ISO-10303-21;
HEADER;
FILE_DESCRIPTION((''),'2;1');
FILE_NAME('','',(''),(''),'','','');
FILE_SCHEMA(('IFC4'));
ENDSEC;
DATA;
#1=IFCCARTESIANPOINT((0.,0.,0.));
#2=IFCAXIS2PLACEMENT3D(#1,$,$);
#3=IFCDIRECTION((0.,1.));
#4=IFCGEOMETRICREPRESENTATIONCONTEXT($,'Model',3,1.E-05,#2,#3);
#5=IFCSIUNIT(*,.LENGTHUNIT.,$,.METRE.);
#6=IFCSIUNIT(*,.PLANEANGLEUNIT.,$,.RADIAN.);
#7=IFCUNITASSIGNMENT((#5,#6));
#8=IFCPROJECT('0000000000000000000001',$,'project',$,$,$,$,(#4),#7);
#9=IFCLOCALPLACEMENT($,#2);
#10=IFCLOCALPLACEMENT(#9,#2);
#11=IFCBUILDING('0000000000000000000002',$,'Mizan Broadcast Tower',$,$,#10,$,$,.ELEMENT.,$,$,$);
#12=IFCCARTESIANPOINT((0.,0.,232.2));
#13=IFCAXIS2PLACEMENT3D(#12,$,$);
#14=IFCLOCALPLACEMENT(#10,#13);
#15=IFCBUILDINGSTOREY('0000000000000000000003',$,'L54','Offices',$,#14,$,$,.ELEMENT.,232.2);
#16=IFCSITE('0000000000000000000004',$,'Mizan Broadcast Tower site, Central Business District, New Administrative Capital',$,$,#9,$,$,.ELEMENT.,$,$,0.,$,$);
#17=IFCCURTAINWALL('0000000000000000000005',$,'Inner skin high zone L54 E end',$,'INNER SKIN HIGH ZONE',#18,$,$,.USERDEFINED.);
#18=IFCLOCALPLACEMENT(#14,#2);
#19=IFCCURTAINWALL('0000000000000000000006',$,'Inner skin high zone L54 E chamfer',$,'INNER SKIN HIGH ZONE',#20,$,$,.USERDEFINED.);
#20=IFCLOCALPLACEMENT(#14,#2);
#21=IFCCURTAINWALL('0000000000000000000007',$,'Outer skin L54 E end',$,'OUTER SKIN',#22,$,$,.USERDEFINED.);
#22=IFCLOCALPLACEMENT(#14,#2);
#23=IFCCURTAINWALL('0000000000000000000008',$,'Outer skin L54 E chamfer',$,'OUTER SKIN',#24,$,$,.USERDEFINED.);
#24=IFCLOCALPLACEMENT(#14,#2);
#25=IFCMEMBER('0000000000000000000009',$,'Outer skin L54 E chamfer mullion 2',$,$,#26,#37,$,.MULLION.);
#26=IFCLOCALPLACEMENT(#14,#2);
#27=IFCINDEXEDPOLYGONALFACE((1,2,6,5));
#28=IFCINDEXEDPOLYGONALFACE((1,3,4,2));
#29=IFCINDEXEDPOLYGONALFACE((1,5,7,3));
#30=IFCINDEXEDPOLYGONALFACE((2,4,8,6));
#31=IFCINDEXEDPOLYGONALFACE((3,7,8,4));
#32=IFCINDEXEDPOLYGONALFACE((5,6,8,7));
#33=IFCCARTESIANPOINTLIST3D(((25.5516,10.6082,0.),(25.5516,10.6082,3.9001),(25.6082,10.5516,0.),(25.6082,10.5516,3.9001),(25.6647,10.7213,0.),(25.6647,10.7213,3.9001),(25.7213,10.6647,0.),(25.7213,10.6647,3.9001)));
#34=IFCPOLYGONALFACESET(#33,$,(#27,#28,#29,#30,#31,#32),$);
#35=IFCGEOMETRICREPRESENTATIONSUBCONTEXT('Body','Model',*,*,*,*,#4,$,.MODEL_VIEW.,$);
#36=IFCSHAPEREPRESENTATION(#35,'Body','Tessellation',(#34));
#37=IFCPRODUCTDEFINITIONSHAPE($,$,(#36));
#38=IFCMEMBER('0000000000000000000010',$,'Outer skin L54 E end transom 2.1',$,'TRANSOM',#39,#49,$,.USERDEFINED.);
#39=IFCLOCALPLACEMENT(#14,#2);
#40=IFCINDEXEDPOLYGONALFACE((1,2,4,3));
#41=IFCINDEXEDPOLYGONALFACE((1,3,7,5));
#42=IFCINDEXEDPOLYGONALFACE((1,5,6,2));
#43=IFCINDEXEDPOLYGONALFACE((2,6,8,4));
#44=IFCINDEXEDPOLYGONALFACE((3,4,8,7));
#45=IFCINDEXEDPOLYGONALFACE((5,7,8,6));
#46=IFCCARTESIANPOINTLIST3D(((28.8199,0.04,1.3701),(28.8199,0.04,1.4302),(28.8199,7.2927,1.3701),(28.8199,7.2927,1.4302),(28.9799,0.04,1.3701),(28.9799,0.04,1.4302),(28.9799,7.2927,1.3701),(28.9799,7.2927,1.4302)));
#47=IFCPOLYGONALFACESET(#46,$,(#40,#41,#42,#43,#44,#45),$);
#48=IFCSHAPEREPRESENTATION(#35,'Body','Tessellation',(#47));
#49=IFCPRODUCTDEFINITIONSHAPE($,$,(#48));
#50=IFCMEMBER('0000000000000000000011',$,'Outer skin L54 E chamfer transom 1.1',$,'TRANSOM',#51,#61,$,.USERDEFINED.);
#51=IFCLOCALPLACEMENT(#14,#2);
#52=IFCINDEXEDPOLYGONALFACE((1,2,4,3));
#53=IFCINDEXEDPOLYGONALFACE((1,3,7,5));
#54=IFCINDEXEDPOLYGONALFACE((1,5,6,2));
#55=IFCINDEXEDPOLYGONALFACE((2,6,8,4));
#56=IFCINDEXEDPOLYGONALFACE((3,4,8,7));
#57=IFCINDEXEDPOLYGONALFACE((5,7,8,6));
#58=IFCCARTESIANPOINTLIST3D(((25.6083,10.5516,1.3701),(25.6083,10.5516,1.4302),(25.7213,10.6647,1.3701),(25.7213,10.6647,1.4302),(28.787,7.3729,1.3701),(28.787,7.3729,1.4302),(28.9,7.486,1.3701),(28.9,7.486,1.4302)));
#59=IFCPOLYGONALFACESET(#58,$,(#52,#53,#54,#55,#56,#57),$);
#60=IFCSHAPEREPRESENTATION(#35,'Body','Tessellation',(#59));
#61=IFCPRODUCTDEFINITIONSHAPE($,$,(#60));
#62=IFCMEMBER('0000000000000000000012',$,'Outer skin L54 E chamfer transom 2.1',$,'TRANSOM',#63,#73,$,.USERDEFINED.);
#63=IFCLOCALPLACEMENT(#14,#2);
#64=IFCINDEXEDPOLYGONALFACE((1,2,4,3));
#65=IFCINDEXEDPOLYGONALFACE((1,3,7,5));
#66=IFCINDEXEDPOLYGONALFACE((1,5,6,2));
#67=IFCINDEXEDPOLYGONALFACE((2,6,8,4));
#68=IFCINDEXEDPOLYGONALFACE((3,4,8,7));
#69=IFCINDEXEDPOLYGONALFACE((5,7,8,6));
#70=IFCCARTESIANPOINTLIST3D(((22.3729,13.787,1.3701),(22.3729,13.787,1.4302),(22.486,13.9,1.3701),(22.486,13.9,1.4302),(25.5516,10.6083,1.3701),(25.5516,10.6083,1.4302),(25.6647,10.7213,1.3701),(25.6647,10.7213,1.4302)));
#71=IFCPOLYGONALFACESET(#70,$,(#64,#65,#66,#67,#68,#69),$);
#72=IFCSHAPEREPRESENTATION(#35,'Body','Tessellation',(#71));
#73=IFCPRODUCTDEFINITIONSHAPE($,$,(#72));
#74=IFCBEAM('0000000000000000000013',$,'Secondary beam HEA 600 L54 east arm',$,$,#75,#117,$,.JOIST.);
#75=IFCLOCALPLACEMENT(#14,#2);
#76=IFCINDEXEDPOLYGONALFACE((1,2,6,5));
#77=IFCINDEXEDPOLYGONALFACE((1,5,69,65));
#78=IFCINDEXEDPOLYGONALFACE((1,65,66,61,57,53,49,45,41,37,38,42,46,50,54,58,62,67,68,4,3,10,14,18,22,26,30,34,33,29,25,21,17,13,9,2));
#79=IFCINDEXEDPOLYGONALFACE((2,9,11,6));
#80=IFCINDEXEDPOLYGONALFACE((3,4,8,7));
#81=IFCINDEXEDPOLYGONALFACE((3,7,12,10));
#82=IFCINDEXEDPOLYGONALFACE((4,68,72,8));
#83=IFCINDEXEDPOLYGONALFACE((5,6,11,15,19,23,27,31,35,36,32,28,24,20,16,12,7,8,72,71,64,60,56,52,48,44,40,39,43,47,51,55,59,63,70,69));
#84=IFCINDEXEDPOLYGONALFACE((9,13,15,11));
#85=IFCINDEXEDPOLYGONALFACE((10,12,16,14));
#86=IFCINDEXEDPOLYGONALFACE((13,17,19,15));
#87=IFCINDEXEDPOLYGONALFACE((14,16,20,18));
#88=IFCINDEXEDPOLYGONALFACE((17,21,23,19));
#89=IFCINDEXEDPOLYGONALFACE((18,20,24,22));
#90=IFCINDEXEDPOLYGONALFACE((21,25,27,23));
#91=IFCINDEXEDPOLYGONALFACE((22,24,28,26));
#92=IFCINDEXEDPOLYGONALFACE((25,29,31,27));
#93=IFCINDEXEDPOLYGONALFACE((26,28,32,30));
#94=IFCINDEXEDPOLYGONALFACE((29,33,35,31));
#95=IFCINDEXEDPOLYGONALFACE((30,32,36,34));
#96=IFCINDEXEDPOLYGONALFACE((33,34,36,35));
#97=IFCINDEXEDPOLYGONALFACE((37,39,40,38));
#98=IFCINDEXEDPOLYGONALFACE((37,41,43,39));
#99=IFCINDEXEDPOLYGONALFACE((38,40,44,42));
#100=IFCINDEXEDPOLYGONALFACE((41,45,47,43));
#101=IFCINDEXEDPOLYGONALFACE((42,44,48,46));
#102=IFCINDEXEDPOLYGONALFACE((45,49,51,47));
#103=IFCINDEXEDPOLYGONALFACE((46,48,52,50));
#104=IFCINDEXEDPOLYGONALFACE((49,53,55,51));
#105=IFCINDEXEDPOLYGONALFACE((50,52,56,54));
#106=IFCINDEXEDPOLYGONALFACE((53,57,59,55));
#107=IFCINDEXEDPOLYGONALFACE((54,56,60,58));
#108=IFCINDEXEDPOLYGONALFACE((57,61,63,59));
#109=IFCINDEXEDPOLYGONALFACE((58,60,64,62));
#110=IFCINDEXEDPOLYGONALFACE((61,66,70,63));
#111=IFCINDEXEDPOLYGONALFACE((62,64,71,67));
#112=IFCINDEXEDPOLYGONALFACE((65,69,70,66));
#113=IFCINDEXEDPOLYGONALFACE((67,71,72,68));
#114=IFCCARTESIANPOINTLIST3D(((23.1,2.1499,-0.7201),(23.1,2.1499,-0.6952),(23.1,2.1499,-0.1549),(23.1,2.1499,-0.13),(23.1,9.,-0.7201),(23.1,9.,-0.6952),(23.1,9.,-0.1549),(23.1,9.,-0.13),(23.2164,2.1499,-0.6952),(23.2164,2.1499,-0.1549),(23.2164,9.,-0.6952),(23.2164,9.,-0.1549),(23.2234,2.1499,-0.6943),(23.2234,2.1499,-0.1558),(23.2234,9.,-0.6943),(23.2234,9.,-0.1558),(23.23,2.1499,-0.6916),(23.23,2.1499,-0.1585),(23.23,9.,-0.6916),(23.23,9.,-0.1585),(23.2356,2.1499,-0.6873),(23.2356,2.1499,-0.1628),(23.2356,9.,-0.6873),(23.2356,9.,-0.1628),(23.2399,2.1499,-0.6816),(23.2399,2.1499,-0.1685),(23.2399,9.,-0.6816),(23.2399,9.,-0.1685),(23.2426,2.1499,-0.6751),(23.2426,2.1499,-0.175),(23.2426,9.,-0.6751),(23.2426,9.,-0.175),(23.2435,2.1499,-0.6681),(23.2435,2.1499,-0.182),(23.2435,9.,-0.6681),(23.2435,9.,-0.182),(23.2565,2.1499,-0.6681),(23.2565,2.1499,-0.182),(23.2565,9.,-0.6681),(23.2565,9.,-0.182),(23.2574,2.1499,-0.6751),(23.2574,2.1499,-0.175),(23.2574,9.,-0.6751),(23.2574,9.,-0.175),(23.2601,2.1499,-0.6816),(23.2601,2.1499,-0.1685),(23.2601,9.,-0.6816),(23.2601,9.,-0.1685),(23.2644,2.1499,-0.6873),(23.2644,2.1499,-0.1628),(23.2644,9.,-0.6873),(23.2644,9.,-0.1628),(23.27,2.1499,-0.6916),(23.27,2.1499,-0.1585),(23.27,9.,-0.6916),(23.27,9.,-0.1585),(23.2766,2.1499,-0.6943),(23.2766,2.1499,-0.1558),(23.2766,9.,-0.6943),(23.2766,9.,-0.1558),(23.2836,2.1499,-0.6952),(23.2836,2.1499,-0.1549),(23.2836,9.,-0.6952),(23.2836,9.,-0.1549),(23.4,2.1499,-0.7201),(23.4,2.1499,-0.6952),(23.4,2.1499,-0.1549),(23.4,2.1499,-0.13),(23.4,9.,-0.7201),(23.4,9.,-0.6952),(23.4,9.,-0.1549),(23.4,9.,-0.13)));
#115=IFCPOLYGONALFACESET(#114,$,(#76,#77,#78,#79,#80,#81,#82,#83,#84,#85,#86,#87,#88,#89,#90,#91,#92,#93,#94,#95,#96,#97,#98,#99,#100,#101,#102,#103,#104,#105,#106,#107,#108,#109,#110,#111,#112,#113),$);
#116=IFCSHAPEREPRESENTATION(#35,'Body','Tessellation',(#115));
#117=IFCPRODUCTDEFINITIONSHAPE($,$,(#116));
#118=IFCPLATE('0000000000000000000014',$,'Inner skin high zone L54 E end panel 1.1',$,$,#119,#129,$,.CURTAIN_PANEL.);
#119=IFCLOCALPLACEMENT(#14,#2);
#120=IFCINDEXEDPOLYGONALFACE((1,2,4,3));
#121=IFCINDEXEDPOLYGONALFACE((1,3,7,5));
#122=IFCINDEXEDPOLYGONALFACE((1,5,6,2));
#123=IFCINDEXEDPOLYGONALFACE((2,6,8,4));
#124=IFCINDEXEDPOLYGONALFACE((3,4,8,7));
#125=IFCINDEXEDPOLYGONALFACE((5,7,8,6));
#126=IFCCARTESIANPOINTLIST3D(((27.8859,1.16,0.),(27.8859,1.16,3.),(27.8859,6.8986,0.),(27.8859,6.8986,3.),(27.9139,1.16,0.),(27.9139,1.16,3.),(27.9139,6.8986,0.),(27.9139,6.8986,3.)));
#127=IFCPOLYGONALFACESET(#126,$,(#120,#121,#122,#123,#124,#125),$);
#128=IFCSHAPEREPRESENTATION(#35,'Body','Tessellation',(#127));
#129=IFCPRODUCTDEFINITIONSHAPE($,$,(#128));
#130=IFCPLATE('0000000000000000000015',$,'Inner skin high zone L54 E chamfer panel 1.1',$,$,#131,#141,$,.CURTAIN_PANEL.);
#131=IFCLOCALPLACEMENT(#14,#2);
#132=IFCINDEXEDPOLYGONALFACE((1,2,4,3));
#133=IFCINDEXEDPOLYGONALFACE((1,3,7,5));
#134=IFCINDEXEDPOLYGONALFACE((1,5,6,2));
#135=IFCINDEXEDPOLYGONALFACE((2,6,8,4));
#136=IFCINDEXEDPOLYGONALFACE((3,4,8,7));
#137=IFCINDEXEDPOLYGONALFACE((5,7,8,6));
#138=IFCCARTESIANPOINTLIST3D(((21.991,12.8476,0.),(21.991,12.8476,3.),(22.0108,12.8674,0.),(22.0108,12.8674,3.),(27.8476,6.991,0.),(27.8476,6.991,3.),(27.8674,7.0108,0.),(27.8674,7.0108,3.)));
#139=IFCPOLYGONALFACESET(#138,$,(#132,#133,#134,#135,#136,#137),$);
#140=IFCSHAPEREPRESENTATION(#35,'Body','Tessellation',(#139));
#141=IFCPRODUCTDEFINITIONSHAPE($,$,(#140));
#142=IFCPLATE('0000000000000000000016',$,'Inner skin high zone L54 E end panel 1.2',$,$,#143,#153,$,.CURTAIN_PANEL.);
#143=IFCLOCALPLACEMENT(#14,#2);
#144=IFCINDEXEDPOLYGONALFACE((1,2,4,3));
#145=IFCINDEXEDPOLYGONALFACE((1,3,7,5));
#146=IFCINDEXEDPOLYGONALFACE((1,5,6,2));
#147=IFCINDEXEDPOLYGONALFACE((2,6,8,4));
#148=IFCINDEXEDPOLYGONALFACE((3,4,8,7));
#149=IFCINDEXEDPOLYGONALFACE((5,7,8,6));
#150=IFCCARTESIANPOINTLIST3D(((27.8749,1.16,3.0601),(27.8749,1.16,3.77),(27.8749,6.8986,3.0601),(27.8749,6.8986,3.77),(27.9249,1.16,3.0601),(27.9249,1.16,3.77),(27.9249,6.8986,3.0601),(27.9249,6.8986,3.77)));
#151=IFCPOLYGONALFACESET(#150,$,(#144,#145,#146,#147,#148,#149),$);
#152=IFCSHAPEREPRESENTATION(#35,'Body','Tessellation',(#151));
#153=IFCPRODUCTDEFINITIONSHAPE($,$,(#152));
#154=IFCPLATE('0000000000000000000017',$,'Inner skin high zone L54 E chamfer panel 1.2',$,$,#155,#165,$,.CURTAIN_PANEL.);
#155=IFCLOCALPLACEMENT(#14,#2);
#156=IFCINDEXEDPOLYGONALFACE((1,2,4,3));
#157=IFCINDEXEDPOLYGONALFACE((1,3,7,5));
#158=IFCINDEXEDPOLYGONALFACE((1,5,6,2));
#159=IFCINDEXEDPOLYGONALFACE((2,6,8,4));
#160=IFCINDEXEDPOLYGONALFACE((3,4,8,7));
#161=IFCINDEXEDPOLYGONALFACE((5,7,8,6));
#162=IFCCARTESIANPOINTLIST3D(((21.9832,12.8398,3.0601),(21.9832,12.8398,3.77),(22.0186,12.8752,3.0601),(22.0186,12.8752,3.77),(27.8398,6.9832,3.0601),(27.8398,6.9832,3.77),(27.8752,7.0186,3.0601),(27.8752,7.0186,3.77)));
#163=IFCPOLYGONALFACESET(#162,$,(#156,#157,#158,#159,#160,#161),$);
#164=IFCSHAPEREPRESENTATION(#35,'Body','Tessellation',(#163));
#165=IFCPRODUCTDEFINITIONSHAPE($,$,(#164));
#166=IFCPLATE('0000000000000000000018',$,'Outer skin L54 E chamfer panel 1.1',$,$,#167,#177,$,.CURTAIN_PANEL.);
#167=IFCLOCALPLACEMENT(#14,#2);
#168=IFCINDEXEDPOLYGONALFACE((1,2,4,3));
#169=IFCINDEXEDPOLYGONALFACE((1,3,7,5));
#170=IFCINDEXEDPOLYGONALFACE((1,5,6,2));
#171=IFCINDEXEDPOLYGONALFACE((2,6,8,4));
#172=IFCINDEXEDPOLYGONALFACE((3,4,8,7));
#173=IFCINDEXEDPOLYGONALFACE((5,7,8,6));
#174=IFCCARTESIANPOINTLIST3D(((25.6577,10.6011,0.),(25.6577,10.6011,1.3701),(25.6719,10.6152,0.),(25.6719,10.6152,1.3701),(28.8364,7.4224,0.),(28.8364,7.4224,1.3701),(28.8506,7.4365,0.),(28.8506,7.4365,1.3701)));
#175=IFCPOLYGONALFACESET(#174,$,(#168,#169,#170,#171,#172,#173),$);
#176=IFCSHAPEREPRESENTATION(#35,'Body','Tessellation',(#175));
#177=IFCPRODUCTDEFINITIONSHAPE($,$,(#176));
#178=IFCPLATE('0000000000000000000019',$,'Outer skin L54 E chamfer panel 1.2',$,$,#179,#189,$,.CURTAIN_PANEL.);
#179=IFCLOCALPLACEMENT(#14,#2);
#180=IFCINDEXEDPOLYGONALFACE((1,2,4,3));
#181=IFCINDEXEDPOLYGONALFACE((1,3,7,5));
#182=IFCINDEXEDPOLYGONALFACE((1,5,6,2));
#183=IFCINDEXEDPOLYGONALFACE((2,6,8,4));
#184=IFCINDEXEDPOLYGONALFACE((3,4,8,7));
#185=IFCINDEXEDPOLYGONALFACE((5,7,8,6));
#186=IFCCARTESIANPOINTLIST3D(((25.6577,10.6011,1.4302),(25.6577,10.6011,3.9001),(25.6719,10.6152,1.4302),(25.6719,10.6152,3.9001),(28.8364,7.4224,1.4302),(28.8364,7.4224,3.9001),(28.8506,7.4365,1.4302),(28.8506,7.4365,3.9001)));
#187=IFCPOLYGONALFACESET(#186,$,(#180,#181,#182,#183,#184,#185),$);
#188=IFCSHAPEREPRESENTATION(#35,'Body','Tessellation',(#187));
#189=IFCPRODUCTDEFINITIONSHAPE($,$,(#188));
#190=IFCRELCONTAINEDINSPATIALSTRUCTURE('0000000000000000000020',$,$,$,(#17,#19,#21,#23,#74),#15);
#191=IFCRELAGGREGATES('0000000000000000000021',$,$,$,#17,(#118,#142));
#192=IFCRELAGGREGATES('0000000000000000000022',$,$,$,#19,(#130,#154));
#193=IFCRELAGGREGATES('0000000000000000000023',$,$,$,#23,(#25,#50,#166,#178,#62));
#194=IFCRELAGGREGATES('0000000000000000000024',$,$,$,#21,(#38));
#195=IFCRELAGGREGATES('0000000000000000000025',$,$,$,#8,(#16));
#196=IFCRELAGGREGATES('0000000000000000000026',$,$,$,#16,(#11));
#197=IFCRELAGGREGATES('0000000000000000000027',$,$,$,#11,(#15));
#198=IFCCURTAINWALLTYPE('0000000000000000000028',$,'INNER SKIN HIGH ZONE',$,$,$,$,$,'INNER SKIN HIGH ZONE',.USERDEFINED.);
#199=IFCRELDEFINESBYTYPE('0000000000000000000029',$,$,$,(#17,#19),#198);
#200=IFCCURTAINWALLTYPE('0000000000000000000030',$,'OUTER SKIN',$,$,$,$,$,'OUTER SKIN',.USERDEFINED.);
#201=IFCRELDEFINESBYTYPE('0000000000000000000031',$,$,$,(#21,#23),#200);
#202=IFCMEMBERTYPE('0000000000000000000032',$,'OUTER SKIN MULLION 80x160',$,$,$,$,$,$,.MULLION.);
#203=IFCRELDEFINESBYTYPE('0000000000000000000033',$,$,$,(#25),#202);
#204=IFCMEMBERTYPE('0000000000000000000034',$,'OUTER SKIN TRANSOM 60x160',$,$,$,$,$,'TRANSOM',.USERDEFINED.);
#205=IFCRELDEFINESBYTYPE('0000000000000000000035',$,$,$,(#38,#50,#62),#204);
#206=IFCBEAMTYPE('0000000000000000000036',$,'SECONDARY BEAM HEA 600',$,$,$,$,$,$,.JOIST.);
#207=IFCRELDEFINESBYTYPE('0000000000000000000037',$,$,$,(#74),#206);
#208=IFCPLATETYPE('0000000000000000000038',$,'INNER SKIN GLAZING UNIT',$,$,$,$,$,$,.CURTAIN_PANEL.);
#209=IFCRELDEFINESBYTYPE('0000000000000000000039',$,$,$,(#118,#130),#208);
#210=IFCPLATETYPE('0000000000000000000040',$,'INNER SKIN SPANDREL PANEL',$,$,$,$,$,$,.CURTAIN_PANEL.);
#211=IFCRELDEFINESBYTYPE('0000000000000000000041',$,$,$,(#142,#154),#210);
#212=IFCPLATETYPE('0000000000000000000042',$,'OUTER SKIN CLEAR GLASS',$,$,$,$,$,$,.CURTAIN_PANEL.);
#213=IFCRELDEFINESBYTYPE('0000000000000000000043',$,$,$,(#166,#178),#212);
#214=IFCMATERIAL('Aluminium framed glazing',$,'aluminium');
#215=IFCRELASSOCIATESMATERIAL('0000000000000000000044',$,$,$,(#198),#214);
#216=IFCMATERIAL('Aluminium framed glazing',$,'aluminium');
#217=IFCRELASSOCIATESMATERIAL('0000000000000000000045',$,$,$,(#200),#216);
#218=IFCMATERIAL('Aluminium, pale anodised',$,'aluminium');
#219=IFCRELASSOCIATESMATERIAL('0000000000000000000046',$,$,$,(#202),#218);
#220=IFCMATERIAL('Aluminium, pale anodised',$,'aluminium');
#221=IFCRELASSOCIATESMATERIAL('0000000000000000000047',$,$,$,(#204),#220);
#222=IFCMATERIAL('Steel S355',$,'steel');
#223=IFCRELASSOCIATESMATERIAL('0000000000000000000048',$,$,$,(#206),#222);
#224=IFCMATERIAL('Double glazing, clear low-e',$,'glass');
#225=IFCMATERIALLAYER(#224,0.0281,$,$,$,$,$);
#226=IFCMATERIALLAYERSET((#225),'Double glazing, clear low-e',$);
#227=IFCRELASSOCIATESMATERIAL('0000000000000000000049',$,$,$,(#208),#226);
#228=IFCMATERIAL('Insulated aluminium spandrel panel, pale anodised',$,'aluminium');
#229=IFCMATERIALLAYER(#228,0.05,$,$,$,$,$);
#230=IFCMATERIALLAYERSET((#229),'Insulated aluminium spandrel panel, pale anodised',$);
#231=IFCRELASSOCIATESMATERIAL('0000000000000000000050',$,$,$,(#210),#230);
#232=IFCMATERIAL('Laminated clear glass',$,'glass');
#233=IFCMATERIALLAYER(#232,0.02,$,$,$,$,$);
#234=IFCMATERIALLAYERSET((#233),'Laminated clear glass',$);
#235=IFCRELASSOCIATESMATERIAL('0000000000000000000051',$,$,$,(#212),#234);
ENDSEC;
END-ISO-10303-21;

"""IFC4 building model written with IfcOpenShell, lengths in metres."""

from ifc_helpers import new_model, si_unit, direction, frame, origin, origin_2d, place, context, subcontext, project, spatial, rectangle, i_section, extrude, material, layer, layer_set, material_profile, profile_set, type_object, element, aggregate, save


model = new_model("IFC4")

# Units and contexts
model_context = context("Model", 3, precision=1e-05, world=origin(), true_north=direction((0.0, 1.0)))
body_context = subcontext(model_context, "Body", "Model", "MODEL_VIEW")
ifc_project = project(units=[si_unit("LENGTHUNIT", "METRE"), si_unit("PLANEANGLEUNIT", "RADIAN")], contexts=[model_context])

# Site, building, storey
site_placement = place(None, origin())
site = spatial("IfcSite", under=ifc_project, at=site_placement, Name="Mizan Broadcast Tower site, Central Business District, New Administrative Capital", CompositionType="ELEMENT", RefElevation=0.0)
building_placement = place(site_placement, origin())
building = spatial("IfcBuilding", under=site, at=building_placement, Name="Mizan Broadcast Tower", CompositionType="ELEMENT")
storey_placement = place(building_placement, frame((0.0, 0.0, 232.2)))
storey = spatial("IfcBuildingStorey", under=building, at=storey_placement, Name="L54", Description="Offices", CompositionType="ELEMENT", Elevation=232.2)

# Curtain wall
ifc_material_1 = material(Name="Aluminium framed glazing", Category="aluminium")
curtain_wall_type_1 = type_object("IfcCurtainWallType", Name="INNER SKIN HIGH ZONE", ElementType="INNER SKIN HIGH ZONE", PredefinedType="USERDEFINED", material=ifc_material_1)
curtain_wall_1_placement = place(storey_placement, origin())
curtain_wall_1 = element("IfcCurtainWall", 1, at=curtain_wall_1_placement, inside=storey, type_object=curtain_wall_type_1, Name="Inner skin high zone L54 E end", ObjectType="INNER SKIN HIGH ZONE", PredefinedType="USERDEFINED")

# Curtain wall
curtain_wall_2_placement = place(storey_placement, origin())
curtain_wall_2 = element("IfcCurtainWall", 2, at=curtain_wall_2_placement, inside=storey, type_object=curtain_wall_type_1, Name="Inner skin high zone L54 E chamfer", ObjectType="INNER SKIN HIGH ZONE", PredefinedType="USERDEFINED")

# Curtain wall
ifc_material_2 = material(Name="Aluminium framed glazing", Category="aluminium")
curtain_wall_type_2 = type_object("IfcCurtainWallType", Name="OUTER SKIN", ElementType="OUTER SKIN", PredefinedType="USERDEFINED", material=ifc_material_2)
curtain_wall_3_placement = place(storey_placement, origin())
curtain_wall_3 = element("IfcCurtainWall", 3, at=curtain_wall_3_placement, inside=storey, type_object=curtain_wall_type_2, Name="Outer skin L54 E end", ObjectType="OUTER SKIN", PredefinedType="USERDEFINED")
ifc_material_3 = material(Name="Aluminium, pale anodised", Category="aluminium")
ifc_material_profile_1 = material_profile(ifc_material_3, rectangle(XDim=0.1599, YDim=0.0801, at=origin_2d()), Name="MULLION 160x80")
ifc_profile_set_1 = profile_set([ifc_material_profile_1], Name="Aluminium, pale anodised")
member_type_1 = type_object("IfcMemberType", Name="OUTER SKIN MULLION 80x160", PredefinedType="MULLION", material=ifc_profile_set_1)

# Curtain wall, member
curtain_wall_4_placement = place(storey_placement, origin())
curtain_wall_4 = element("IfcCurtainWall", 4, at=curtain_wall_4_placement, inside=storey, type_object=curtain_wall_type_2, Name="Outer skin L54 E chamfer", ObjectType="OUTER SKIN", PredefinedType="USERDEFINED")
member_1_placement = place(storey_placement, frame((25.6365, 10.6365, 0.0), z_axis=(0.0, 0.0, 1.0), x_axis=(-0.707107, -0.707107, 0.0)))
member_1 = element("IfcMember", 5, at=member_1_placement, type_object=member_type_1, Name="Outer skin L54 E chamfer mullion 2", PredefinedType="MULLION", context=body_context, shape_type="SweptSolid", body=[
    extrude(rectangle(XDim=0.1599, YDim=0.0801, at=origin_2d()), origin(), (0.0, 0.0, 1.0), 3.9001),
])

# Members
ifc_material_4 = material(Name="Aluminium, pale anodised", Category="aluminium")
ifc_material_profile_2 = material_profile(ifc_material_4, rectangle(XDim=0.1599, YDim=0.0601, at=origin_2d()), Name="TRANSOM 160x60")
ifc_profile_set_2 = profile_set([ifc_material_profile_2], Name="Aluminium, pale anodised")
member_type_2 = type_object("IfcMemberType", Name="OUTER SKIN TRANSOM 60x160", ElementType="TRANSOM", PredefinedType="USERDEFINED", material=ifc_profile_set_2)
member_2_placement = place(storey_placement, frame((28.8999, 0.04, 1.4001), z_axis=(0.0, 1.0, 0.0), x_axis=(-1.0, 0.0, 0.0)))
member_2 = element("IfcMember", 6, at=member_2_placement, type_object=member_type_2, Name="Outer skin L54 E end transom 2.1", ObjectType="TRANSOM", PredefinedType="USERDEFINED", context=body_context, shape_type="SweptSolid", body=[
    extrude(rectangle(XDim=0.1599, YDim=0.0601, at=origin_2d()), origin(), (0.0, 0.0, 1.0), 7.2527),
])
member_3_placement = place(storey_placement, frame((28.8435, 7.4294, 1.4001), z_axis=(-0.707107, 0.707107, 0.0), x_axis=(-0.707107, -0.707107, 0.0)))
member_3 = element("IfcMember", 7, at=member_3_placement, type_object=member_type_2, Name="Outer skin L54 E chamfer transom 1.1", ObjectType="TRANSOM", PredefinedType="USERDEFINED", context=body_context, shape_type="SweptSolid", body=[
    extrude(rectangle(XDim=0.1599, YDim=0.0601, at=origin_2d()), origin(), (0.0, 0.0, 1.0), 4.4954),
])
member_4_placement = place(storey_placement, frame((25.6082, 10.6648, 1.4001), z_axis=(-0.707107, 0.707107, 0.0), x_axis=(-0.707107, -0.707107, 0.0)))
member_4 = element("IfcMember", 8, at=member_4_placement, type_object=member_type_2, Name="Outer skin L54 E chamfer transom 2.1", ObjectType="TRANSOM", PredefinedType="USERDEFINED", context=body_context, shape_type="SweptSolid", body=[
    extrude(rectangle(XDim=0.1599, YDim=0.0601, at=origin_2d()), origin(), (0.0, 0.0, 1.0), 4.4954),
])

# Beam
ifc_material_5 = material(Name="Steel S355", Category="steel")
ifc_material_profile_3 = material_profile(ifc_material_5, i_section(OverallWidth=0.3, OverallDepth=0.5901, WebThickness=0.0129, FlangeThickness=0.0249, FilletRadius=0.0271, at=origin_2d()), Name="HEA 600")
ifc_profile_set_3 = profile_set([ifc_material_profile_3], Name="Steel S355")
beam_type_1 = type_object("IfcBeamType", Name="SECONDARY BEAM HEA 600", PredefinedType="JOIST", material=ifc_profile_set_3)
beam_1_placement = place(storey_placement, frame((23.25, 9.0, -0.425), z_axis=(0.0, -1.0, 0.0), x_axis=(1.0, 0.0, 0.0)))
element("IfcBeam", 9, at=beam_1_placement, inside=storey, type_object=beam_type_1, Name="Secondary beam HEA 600 L54 east arm", PredefinedType="JOIST", context=body_context, shape_type="SweptSolid", body=[
    extrude(i_section(OverallWidth=0.3, OverallDepth=0.5901, WebThickness=0.0129, FlangeThickness=0.0249, FilletRadius=0.0271, at=origin_2d()), origin(), (0.0, 0.0, 1.0), 6.8501),
])

# Plates
ifc_material_6 = material(Name="Double glazing, clear low-e", Category="glass")
ifc_layer_1 = layer(ifc_material_6, 0.0281)
ifc_layer_set_1 = layer_set([ifc_layer_1], Name="Double glazing, clear low-e")
plate_type_1 = type_object("IfcPlateType", Name="INNER SKIN GLAZING UNIT", PredefinedType="CURTAIN_PANEL", material=ifc_layer_set_1)
plate_1_placement = place(storey_placement, frame((27.8999, 4.0293, 0.0), z_axis=(0.0, 0.0, 1.0), x_axis=(0.0, 1.0, 0.0)))
plate_1 = element("IfcPlate", 10, at=plate_1_placement, type_object=plate_type_1, Name="Inner skin high zone L54 E end panel 1.1", PredefinedType="CURTAIN_PANEL", context=body_context, shape_type="SweptSolid", body=[
    extrude(rectangle(XDim=5.7385, YDim=0.0281, at=origin_2d()), origin(), (0.0, 0.0, 1.0), 3.0),
])
plate_2_placement = place(storey_placement, frame((24.9292, 9.9292, 0.0), z_axis=(0.0, 0.0, 1.0), x_axis=(-0.707107, 0.707107, 0.0)))
plate_2 = element("IfcPlate", 11, at=plate_2_placement, type_object=plate_type_1, Name="Inner skin high zone L54 E chamfer panel 1.1", PredefinedType="CURTAIN_PANEL", context=body_context, shape_type="SweptSolid", body=[
    extrude(rectangle(XDim=8.2825, YDim=0.0281, at=origin_2d()), origin(), (0.0, 0.0, 1.0), 3.0),
])
ifc_material_7 = material(Name="Insulated aluminium spandrel panel, pale anodised", Category="aluminium")
ifc_layer_2 = layer(ifc_material_7, 0.05)
ifc_layer_set_2 = layer_set([ifc_layer_2], Name="Insulated aluminium spandrel panel, pale anodised")
plate_type_2 = type_object("IfcPlateType", Name="INNER SKIN SPANDREL PANEL", PredefinedType="CURTAIN_PANEL", material=ifc_layer_set_2)
plate_3_placement = place(storey_placement, frame((27.8999, 4.0293, 3.0601), z_axis=(0.0, 0.0, 1.0), x_axis=(0.0, 1.0, 0.0)))
plate_3 = element("IfcPlate", 12, at=plate_3_placement, type_object=plate_type_2, Name="Inner skin high zone L54 E end panel 1.2", PredefinedType="CURTAIN_PANEL", context=body_context, shape_type="SweptSolid", body=[
    extrude(rectangle(XDim=5.7385, YDim=0.05, at=origin_2d()), origin(), (0.0, 0.0, 1.0), 0.71),
])
aggregate(curtain_wall_1, [plate_1, plate_3])
plate_4_placement = place(storey_placement, frame((24.9292, 9.9292, 3.0601), z_axis=(0.0, 0.0, 1.0), x_axis=(-0.707107, 0.707107, 0.0)))
plate_4 = element("IfcPlate", 13, at=plate_4_placement, type_object=plate_type_2, Name="Inner skin high zone L54 E chamfer panel 1.2", PredefinedType="CURTAIN_PANEL", context=body_context, shape_type="SweptSolid", body=[
    extrude(rectangle(XDim=8.2825, YDim=0.05, at=origin_2d()), origin(), (0.0, 0.0, 1.0), 0.71),
])
aggregate(curtain_wall_2, [plate_2, plate_4])
ifc_material_8 = material(Name="Laminated clear glass", Category="glass")
ifc_layer_3 = layer(ifc_material_8, 0.02)
ifc_layer_set_3 = layer_set([ifc_layer_3], Name="Laminated clear glass")
plate_type_3 = type_object("IfcPlateType", Name="OUTER SKIN CLEAR GLASS", PredefinedType="CURTAIN_PANEL", material=ifc_layer_set_3)
plate_5_placement = place(storey_placement, frame((27.2542, 9.0188, 0.0), z_axis=(0.0, 0.0, 1.0), x_axis=(-0.707107, 0.707107, 0.0)))
plate_5 = element("IfcPlate", 14, at=plate_5_placement, type_object=plate_type_3, Name="Outer skin L54 E chamfer panel 1.1", PredefinedType="CURTAIN_PANEL", context=body_context, shape_type="SweptSolid", body=[
    extrude(rectangle(XDim=4.4954, YDim=0.02, at=origin_2d()), origin(), (0.0, 0.0, 1.0), 1.3701),
])
plate_6_placement = place(storey_placement, frame((27.2542, 9.0188, 1.4302), z_axis=(0.0, 0.0, 1.0), x_axis=(-0.707107, 0.707107, 0.0)))
plate_6 = element("IfcPlate", 15, at=plate_6_placement, type_object=plate_type_3, Name="Outer skin L54 E chamfer panel 1.2", PredefinedType="CURTAIN_PANEL", context=body_context, shape_type="SweptSolid", body=[
    extrude(rectangle(XDim=4.4954, YDim=0.02, at=origin_2d()), origin(), (0.0, 0.0, 1.0), 2.47),
])
aggregate(curtain_wall_4, [member_1, member_3, plate_5, plate_6, member_4])
aggregate(curtain_wall_3, [member_2])

save(model, "model.ifc")
